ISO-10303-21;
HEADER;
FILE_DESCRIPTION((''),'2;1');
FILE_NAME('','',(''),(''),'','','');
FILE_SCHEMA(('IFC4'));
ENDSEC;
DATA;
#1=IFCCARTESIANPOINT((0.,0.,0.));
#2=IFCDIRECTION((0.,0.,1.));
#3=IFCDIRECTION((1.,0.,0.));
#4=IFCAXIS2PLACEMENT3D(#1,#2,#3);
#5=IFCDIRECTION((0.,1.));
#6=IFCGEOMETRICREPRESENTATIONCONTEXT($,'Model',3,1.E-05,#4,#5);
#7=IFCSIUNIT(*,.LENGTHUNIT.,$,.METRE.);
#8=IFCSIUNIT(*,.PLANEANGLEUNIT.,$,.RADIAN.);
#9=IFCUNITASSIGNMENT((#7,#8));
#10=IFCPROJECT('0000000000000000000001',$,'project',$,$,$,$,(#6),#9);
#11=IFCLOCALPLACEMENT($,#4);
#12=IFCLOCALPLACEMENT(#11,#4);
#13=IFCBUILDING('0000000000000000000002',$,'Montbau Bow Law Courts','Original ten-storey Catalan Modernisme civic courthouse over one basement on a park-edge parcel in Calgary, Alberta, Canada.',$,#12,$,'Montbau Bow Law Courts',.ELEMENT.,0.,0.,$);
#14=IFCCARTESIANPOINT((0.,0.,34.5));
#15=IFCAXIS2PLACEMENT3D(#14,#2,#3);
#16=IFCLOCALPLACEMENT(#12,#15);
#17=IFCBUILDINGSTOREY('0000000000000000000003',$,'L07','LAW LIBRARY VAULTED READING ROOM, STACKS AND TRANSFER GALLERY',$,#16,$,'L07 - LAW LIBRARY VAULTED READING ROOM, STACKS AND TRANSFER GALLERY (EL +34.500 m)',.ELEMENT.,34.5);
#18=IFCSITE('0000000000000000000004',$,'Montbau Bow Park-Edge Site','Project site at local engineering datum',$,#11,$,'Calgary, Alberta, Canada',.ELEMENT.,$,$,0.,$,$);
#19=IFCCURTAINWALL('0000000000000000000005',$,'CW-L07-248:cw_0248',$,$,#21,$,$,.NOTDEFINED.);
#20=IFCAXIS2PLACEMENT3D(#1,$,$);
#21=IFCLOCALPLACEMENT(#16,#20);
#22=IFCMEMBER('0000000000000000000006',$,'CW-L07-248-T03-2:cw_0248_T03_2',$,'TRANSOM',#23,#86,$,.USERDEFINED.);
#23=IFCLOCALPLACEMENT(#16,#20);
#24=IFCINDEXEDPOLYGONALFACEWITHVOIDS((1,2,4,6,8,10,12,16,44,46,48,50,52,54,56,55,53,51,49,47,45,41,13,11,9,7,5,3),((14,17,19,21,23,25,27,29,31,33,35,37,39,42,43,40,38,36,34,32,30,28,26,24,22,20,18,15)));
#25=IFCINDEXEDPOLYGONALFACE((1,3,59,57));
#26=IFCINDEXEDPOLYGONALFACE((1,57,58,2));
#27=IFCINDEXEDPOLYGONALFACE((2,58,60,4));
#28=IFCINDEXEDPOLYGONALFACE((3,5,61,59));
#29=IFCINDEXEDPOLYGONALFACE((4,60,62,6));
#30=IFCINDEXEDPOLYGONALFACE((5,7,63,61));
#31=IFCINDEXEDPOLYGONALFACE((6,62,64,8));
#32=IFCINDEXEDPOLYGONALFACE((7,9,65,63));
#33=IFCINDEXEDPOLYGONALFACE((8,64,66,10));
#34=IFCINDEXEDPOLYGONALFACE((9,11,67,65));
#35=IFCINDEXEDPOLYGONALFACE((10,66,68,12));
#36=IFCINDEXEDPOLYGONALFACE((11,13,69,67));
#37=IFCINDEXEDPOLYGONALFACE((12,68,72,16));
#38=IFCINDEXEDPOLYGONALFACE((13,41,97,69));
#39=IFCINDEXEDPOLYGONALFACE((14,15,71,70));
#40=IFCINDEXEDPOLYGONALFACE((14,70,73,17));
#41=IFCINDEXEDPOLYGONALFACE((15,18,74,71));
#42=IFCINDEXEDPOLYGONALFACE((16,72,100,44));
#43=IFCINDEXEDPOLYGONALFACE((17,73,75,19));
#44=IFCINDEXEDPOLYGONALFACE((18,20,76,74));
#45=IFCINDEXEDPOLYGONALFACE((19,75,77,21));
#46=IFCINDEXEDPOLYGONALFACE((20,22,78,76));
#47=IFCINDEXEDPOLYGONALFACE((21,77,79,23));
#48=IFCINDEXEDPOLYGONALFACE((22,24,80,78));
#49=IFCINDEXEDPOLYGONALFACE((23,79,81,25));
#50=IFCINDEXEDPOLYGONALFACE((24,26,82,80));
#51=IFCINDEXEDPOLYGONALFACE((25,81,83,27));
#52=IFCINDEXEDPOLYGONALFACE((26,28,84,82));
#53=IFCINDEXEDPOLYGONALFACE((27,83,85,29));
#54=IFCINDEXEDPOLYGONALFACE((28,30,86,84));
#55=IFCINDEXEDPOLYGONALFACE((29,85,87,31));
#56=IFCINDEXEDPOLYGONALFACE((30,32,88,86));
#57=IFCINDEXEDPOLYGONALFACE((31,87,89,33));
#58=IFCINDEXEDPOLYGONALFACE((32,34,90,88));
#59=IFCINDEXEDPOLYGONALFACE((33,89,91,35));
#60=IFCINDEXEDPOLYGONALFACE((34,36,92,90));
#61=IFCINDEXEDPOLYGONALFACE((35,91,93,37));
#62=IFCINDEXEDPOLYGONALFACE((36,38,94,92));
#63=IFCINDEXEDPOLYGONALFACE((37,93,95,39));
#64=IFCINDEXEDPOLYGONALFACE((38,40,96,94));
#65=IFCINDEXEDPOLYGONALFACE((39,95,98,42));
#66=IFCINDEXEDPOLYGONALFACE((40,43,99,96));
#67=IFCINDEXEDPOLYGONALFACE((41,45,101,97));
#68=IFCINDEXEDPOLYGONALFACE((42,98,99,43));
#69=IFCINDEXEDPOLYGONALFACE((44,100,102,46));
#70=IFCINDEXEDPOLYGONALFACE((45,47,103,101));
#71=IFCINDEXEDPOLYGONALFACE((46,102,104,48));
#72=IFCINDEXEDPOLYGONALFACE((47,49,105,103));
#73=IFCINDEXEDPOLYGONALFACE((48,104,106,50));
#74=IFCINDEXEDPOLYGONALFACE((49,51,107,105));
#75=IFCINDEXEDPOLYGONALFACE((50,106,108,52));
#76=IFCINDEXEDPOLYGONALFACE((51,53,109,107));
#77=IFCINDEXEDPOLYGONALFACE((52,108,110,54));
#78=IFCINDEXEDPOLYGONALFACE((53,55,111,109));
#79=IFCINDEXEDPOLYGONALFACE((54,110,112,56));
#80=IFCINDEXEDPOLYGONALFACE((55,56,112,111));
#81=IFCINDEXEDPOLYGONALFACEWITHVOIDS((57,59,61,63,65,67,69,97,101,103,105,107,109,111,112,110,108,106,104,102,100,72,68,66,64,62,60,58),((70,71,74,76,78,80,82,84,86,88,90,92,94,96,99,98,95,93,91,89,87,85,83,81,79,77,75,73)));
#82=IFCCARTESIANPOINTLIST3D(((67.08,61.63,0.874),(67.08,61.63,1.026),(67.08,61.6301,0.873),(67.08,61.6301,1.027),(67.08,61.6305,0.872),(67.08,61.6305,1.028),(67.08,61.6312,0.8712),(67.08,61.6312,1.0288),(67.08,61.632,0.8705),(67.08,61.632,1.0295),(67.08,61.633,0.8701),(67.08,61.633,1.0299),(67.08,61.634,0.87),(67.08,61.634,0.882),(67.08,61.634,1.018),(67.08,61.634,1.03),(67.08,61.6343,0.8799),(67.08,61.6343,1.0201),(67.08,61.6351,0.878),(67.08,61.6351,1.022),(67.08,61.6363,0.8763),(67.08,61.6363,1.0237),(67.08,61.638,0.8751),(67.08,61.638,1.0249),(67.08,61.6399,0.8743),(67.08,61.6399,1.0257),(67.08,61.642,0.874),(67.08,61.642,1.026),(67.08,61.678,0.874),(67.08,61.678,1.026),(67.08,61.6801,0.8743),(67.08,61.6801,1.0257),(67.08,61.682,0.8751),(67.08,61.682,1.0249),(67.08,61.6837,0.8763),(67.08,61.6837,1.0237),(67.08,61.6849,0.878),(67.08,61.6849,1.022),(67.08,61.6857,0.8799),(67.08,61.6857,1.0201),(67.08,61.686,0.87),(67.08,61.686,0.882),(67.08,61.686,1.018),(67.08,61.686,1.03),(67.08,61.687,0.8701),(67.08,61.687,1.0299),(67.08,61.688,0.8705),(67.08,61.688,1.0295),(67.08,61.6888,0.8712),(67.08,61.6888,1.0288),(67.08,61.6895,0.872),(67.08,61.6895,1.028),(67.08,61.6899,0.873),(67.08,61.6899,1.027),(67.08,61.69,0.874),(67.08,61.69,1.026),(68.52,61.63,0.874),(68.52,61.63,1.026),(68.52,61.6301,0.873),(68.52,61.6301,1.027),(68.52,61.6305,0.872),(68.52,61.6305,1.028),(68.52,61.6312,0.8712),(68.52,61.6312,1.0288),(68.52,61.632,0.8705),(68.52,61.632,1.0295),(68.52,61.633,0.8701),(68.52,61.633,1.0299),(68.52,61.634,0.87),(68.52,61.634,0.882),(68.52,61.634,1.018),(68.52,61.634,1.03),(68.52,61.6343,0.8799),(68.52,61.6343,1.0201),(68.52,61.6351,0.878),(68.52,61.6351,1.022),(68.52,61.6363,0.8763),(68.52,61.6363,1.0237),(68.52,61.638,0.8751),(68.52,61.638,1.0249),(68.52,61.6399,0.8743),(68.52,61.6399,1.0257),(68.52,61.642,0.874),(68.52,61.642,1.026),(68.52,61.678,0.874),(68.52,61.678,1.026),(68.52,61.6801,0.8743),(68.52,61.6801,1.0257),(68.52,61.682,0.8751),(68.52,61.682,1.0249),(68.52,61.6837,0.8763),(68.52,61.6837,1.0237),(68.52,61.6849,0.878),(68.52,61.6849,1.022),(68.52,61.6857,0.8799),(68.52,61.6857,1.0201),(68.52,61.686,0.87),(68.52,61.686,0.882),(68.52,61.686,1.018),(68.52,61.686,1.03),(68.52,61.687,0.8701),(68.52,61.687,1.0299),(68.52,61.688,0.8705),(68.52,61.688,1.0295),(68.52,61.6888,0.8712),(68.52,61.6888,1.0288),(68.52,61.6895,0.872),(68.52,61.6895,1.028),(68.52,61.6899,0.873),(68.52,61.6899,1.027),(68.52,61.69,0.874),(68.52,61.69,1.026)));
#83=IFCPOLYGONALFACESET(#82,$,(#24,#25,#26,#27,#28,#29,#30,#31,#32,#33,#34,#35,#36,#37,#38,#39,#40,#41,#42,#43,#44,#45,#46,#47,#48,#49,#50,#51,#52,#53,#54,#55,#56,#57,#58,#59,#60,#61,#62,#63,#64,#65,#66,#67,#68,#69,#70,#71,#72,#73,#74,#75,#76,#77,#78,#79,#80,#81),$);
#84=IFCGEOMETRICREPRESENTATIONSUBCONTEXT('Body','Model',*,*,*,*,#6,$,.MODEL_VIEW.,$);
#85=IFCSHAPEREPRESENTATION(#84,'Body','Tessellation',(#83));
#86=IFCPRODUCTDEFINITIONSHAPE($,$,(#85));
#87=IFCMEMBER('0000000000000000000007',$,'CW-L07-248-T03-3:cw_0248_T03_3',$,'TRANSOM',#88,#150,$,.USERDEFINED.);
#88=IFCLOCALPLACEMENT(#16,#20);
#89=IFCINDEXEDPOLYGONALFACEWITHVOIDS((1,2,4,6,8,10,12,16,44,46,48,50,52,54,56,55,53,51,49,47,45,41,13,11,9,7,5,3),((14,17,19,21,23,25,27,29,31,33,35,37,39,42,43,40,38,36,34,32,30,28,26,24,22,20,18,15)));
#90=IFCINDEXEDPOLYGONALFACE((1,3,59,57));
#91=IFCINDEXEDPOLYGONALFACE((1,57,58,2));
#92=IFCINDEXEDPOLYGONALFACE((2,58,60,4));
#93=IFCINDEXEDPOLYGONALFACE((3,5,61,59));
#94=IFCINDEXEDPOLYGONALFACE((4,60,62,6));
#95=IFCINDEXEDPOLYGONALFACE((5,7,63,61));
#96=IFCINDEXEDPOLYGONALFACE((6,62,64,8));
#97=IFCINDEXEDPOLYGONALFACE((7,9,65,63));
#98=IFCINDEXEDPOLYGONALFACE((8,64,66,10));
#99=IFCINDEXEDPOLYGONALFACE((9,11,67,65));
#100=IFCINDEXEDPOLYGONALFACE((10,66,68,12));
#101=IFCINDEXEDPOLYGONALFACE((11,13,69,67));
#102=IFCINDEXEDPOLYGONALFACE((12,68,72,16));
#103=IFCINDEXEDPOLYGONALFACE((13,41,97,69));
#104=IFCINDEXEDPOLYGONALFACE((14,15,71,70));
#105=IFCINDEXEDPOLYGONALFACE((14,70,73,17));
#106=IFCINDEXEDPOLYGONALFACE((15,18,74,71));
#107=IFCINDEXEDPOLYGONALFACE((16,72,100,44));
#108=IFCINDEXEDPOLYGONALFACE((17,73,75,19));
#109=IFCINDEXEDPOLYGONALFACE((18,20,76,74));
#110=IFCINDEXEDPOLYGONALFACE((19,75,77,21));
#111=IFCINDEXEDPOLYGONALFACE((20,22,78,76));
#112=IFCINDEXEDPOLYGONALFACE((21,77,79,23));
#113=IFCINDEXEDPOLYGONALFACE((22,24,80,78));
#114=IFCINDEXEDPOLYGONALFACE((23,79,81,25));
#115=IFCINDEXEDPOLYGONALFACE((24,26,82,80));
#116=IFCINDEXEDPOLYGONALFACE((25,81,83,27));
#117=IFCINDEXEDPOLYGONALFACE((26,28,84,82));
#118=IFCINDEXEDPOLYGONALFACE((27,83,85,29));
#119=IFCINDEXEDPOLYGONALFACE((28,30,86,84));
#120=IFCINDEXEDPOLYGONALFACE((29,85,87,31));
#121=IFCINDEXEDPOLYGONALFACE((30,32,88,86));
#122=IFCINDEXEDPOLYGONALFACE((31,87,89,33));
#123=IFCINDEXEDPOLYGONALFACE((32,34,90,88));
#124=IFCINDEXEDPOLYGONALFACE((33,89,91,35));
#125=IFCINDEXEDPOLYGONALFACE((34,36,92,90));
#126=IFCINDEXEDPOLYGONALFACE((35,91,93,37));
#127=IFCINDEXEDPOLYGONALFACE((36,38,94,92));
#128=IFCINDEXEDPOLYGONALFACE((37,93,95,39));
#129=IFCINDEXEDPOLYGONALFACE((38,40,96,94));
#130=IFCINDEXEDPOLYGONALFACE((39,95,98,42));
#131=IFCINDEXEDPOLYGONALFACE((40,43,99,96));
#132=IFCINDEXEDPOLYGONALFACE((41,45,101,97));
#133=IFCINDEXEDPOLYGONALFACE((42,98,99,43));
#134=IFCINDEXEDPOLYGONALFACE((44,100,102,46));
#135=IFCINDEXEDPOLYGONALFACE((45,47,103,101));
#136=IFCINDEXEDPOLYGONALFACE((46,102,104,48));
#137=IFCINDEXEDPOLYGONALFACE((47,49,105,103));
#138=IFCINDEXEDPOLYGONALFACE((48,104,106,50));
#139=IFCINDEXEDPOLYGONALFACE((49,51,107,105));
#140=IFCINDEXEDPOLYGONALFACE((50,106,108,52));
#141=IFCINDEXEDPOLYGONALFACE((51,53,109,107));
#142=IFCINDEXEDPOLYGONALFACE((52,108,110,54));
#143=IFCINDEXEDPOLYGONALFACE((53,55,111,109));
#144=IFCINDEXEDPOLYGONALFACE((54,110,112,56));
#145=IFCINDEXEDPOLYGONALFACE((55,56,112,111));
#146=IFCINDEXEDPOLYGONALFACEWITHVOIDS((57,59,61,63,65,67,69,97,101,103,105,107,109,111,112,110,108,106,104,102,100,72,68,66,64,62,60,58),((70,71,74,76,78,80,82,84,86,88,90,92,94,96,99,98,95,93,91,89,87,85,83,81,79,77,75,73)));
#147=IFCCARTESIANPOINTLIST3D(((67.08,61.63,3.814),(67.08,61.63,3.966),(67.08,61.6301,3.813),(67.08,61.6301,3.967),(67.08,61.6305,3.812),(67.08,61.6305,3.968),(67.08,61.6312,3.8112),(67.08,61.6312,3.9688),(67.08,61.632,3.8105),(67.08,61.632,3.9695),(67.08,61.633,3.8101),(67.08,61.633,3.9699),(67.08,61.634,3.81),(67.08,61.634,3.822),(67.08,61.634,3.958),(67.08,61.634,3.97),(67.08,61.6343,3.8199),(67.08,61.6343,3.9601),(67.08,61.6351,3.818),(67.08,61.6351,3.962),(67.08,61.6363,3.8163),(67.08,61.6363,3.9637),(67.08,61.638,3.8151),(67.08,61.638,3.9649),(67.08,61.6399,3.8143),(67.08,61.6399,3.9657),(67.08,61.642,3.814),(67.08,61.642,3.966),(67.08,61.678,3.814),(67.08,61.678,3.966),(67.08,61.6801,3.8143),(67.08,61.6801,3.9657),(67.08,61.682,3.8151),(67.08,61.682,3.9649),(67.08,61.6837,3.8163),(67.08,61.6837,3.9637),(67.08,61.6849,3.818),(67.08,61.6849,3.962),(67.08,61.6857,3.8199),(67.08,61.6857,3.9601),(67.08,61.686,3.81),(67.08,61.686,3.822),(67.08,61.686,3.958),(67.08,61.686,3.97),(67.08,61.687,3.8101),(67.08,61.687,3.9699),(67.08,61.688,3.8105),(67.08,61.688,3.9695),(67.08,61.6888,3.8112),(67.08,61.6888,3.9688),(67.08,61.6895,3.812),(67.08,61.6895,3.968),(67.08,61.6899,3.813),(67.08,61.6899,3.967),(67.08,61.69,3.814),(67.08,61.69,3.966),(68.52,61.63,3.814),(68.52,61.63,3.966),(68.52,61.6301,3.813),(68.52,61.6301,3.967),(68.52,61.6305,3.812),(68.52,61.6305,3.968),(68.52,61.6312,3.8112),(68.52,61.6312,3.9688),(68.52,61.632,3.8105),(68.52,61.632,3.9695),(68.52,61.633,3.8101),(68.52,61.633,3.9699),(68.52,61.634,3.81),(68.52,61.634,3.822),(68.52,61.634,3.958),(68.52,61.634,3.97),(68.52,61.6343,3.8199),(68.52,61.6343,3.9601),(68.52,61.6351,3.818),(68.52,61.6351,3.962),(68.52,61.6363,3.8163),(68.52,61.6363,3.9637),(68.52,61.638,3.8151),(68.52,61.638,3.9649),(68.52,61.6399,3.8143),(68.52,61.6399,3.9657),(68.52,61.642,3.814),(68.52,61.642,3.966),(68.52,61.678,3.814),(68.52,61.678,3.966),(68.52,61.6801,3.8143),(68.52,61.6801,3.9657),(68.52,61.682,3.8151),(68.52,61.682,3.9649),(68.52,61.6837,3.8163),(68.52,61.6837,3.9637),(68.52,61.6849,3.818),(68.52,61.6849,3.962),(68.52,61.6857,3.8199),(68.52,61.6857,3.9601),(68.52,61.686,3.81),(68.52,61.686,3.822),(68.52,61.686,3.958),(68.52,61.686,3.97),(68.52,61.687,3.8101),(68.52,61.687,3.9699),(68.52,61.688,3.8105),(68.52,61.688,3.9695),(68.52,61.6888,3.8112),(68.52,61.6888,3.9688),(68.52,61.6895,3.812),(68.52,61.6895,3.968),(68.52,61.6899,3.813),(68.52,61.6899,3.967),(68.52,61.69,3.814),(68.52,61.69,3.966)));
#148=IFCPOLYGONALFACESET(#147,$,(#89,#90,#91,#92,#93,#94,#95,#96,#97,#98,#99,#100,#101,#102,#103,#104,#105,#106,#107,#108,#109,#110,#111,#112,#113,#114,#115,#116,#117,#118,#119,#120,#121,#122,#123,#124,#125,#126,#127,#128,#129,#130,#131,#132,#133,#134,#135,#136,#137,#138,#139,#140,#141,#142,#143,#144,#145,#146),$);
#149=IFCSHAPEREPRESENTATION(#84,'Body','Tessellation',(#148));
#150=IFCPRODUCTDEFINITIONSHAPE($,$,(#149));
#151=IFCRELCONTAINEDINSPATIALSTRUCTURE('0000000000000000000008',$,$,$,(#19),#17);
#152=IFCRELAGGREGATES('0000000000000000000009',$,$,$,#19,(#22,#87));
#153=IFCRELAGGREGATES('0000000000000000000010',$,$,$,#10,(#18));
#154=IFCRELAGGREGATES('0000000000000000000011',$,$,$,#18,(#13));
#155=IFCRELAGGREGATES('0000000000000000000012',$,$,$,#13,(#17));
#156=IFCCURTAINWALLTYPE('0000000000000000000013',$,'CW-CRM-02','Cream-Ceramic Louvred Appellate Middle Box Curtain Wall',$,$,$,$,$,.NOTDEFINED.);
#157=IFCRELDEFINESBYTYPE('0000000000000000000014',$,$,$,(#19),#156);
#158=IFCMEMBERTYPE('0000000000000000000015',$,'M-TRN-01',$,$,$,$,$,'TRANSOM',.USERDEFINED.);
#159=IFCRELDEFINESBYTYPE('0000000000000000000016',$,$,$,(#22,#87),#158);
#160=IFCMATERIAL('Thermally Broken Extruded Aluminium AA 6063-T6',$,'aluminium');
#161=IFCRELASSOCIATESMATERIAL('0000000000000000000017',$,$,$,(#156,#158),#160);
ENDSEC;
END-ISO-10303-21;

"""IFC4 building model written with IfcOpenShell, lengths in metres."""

from ifc_helpers import new_model, si_unit, direction, frame, origin_with_axes, origin_2d_with_axis, place, context, subcontext, project, spatial, hollow_rectangle, extrude, material, material_profile, profile_set, type_object, element, aggregate, save


model = new_model("IFC4")

# Units and contexts
model_context = context("Model", 3, precision=1e-05, world=origin_with_axes(), true_north=direction((0.0, 1.0)))
body_context = subcontext(model_context, "Body", "Model", "MODEL_VIEW")
ifc_project = project(units=[si_unit("LENGTHUNIT", "METRE"), si_unit("PLANEANGLEUNIT", "RADIAN")], contexts=[model_context])

# Site, building, storey
site_placement = place(None, origin_with_axes())
site = spatial("IfcSite", under=ifc_project, at=site_placement, Name="Montbau Bow Park-Edge Site", Description="Project site at local engineering datum", LongName="Calgary, Alberta, Canada", CompositionType="ELEMENT", RefElevation=0.0)
building_placement = place(site_placement, origin_with_axes())
building = spatial("IfcBuilding", under=site, at=building_placement, Name="Montbau Bow Law Courts", Description="Original ten-storey Catalan Modernisme civic courthouse over one basement on a park-edge parcel in Calgary, Alberta, Canada.", LongName="Montbau Bow Law Courts", CompositionType="ELEMENT", ElevationOfRefHeight=0.0, ElevationOfTerrain=0.0)
storey_placement = place(building_placement, frame((0.0, 0.0, 34.5), z_axis=(0.0, 0.0, 1.0), x_axis=(1.0, 0.0, 0.0)))
storey = spatial("IfcBuildingStorey", under=building, at=storey_placement, Name="L07", Description="LAW LIBRARY VAULTED READING ROOM, STACKS AND TRANSFER GALLERY", LongName="L07 - LAW LIBRARY VAULTED READING ROOM, STACKS AND TRANSFER GALLERY (EL +34.500 m)", CompositionType="ELEMENT", Elevation=34.5)

# Curtain wall, members
ifc_material_1 = material(Name="Thermally Broken Extruded Aluminium AA 6063-T6", Category="aluminium")
curtain_wall_type = type_object("IfcCurtainWallType", Name="CW-CRM-02", Description="Cream-Ceramic Louvred Appellate Middle Box Curtain Wall", PredefinedType="NOTDEFINED", material=ifc_material_1)
curtain_wall_placement = place(None, frame((64.04, 61.66, 34.5), z_axis=(0.0, 0.0, 1.0), x_axis=(1.0, 0.0, 0.0)))
curtain_wall = element("IfcCurtainWall", 1, at=curtain_wall_placement, inside=storey, type_object=curtain_wall_type, Name="CW-L07-248:cw_0248", PredefinedType="NOTDEFINED")
ifc_material_profile_1 = material_profile(ifc_material_1, hollow_rectangle(XDim=0.06, YDim=0.16, WallThickness=0.004, InnerFilletRadius=0.008, OuterFilletRadius=0.004, at=origin_2d_with_axis()), Name="CWT-160X60", Category="Main", Priority=0)
ifc_profile_set_1 = profile_set([ifc_material_profile_1], Name="Thermally Broken Extruded Aluminium AA 6063-T6")
member_type_1 = type_object("IfcMemberType", Name="M-TRN-01", ElementType="TRANSOM", PredefinedType="USERDEFINED", material=ifc_profile_set_1)
member_1_placement = place(None, frame((67.08, 61.66, 35.45), z_axis=(1.0, 0.0, 0.0), x_axis=(0.0, 1.0, 0.0)))
member_1 = element("IfcMember", 2, at=member_1_placement, type_object=member_type_1, Name="CW-L07-248-T03-2:cw_0248_T03_2", ObjectType="TRANSOM", PredefinedType="USERDEFINED", context=body_context, shape_type="SweptSolid", body=[
    extrude(hollow_rectangle(XDim=0.06, YDim=0.16, WallThickness=0.004, InnerFilletRadius=0.008, OuterFilletRadius=0.004, at=origin_2d_with_axis()), origin_with_axes(), (0.0, 0.0, 1.0), 1.44),
])
member_2_placement = place(None, frame((67.08, 61.66, 38.39), z_axis=(1.0, 0.0, 0.0), x_axis=(0.0, 1.0, 0.0)))
member_2 = element("IfcMember", 3, at=member_2_placement, type_object=member_type_1, Name="CW-L07-248-T03-3:cw_0248_T03_3", ObjectType="TRANSOM", PredefinedType="USERDEFINED", context=body_context, shape_type="SweptSolid", body=[
    extrude(hollow_rectangle(XDim=0.06, YDim=0.16, WallThickness=0.004, InnerFilletRadius=0.008, OuterFilletRadius=0.004, at=origin_2d_with_axis()), origin_with_axes(), (0.0, 0.0, 1.0), 1.44),
])
aggregate(curtain_wall, [member_1, member_2])

save(model, "model.ifc")
